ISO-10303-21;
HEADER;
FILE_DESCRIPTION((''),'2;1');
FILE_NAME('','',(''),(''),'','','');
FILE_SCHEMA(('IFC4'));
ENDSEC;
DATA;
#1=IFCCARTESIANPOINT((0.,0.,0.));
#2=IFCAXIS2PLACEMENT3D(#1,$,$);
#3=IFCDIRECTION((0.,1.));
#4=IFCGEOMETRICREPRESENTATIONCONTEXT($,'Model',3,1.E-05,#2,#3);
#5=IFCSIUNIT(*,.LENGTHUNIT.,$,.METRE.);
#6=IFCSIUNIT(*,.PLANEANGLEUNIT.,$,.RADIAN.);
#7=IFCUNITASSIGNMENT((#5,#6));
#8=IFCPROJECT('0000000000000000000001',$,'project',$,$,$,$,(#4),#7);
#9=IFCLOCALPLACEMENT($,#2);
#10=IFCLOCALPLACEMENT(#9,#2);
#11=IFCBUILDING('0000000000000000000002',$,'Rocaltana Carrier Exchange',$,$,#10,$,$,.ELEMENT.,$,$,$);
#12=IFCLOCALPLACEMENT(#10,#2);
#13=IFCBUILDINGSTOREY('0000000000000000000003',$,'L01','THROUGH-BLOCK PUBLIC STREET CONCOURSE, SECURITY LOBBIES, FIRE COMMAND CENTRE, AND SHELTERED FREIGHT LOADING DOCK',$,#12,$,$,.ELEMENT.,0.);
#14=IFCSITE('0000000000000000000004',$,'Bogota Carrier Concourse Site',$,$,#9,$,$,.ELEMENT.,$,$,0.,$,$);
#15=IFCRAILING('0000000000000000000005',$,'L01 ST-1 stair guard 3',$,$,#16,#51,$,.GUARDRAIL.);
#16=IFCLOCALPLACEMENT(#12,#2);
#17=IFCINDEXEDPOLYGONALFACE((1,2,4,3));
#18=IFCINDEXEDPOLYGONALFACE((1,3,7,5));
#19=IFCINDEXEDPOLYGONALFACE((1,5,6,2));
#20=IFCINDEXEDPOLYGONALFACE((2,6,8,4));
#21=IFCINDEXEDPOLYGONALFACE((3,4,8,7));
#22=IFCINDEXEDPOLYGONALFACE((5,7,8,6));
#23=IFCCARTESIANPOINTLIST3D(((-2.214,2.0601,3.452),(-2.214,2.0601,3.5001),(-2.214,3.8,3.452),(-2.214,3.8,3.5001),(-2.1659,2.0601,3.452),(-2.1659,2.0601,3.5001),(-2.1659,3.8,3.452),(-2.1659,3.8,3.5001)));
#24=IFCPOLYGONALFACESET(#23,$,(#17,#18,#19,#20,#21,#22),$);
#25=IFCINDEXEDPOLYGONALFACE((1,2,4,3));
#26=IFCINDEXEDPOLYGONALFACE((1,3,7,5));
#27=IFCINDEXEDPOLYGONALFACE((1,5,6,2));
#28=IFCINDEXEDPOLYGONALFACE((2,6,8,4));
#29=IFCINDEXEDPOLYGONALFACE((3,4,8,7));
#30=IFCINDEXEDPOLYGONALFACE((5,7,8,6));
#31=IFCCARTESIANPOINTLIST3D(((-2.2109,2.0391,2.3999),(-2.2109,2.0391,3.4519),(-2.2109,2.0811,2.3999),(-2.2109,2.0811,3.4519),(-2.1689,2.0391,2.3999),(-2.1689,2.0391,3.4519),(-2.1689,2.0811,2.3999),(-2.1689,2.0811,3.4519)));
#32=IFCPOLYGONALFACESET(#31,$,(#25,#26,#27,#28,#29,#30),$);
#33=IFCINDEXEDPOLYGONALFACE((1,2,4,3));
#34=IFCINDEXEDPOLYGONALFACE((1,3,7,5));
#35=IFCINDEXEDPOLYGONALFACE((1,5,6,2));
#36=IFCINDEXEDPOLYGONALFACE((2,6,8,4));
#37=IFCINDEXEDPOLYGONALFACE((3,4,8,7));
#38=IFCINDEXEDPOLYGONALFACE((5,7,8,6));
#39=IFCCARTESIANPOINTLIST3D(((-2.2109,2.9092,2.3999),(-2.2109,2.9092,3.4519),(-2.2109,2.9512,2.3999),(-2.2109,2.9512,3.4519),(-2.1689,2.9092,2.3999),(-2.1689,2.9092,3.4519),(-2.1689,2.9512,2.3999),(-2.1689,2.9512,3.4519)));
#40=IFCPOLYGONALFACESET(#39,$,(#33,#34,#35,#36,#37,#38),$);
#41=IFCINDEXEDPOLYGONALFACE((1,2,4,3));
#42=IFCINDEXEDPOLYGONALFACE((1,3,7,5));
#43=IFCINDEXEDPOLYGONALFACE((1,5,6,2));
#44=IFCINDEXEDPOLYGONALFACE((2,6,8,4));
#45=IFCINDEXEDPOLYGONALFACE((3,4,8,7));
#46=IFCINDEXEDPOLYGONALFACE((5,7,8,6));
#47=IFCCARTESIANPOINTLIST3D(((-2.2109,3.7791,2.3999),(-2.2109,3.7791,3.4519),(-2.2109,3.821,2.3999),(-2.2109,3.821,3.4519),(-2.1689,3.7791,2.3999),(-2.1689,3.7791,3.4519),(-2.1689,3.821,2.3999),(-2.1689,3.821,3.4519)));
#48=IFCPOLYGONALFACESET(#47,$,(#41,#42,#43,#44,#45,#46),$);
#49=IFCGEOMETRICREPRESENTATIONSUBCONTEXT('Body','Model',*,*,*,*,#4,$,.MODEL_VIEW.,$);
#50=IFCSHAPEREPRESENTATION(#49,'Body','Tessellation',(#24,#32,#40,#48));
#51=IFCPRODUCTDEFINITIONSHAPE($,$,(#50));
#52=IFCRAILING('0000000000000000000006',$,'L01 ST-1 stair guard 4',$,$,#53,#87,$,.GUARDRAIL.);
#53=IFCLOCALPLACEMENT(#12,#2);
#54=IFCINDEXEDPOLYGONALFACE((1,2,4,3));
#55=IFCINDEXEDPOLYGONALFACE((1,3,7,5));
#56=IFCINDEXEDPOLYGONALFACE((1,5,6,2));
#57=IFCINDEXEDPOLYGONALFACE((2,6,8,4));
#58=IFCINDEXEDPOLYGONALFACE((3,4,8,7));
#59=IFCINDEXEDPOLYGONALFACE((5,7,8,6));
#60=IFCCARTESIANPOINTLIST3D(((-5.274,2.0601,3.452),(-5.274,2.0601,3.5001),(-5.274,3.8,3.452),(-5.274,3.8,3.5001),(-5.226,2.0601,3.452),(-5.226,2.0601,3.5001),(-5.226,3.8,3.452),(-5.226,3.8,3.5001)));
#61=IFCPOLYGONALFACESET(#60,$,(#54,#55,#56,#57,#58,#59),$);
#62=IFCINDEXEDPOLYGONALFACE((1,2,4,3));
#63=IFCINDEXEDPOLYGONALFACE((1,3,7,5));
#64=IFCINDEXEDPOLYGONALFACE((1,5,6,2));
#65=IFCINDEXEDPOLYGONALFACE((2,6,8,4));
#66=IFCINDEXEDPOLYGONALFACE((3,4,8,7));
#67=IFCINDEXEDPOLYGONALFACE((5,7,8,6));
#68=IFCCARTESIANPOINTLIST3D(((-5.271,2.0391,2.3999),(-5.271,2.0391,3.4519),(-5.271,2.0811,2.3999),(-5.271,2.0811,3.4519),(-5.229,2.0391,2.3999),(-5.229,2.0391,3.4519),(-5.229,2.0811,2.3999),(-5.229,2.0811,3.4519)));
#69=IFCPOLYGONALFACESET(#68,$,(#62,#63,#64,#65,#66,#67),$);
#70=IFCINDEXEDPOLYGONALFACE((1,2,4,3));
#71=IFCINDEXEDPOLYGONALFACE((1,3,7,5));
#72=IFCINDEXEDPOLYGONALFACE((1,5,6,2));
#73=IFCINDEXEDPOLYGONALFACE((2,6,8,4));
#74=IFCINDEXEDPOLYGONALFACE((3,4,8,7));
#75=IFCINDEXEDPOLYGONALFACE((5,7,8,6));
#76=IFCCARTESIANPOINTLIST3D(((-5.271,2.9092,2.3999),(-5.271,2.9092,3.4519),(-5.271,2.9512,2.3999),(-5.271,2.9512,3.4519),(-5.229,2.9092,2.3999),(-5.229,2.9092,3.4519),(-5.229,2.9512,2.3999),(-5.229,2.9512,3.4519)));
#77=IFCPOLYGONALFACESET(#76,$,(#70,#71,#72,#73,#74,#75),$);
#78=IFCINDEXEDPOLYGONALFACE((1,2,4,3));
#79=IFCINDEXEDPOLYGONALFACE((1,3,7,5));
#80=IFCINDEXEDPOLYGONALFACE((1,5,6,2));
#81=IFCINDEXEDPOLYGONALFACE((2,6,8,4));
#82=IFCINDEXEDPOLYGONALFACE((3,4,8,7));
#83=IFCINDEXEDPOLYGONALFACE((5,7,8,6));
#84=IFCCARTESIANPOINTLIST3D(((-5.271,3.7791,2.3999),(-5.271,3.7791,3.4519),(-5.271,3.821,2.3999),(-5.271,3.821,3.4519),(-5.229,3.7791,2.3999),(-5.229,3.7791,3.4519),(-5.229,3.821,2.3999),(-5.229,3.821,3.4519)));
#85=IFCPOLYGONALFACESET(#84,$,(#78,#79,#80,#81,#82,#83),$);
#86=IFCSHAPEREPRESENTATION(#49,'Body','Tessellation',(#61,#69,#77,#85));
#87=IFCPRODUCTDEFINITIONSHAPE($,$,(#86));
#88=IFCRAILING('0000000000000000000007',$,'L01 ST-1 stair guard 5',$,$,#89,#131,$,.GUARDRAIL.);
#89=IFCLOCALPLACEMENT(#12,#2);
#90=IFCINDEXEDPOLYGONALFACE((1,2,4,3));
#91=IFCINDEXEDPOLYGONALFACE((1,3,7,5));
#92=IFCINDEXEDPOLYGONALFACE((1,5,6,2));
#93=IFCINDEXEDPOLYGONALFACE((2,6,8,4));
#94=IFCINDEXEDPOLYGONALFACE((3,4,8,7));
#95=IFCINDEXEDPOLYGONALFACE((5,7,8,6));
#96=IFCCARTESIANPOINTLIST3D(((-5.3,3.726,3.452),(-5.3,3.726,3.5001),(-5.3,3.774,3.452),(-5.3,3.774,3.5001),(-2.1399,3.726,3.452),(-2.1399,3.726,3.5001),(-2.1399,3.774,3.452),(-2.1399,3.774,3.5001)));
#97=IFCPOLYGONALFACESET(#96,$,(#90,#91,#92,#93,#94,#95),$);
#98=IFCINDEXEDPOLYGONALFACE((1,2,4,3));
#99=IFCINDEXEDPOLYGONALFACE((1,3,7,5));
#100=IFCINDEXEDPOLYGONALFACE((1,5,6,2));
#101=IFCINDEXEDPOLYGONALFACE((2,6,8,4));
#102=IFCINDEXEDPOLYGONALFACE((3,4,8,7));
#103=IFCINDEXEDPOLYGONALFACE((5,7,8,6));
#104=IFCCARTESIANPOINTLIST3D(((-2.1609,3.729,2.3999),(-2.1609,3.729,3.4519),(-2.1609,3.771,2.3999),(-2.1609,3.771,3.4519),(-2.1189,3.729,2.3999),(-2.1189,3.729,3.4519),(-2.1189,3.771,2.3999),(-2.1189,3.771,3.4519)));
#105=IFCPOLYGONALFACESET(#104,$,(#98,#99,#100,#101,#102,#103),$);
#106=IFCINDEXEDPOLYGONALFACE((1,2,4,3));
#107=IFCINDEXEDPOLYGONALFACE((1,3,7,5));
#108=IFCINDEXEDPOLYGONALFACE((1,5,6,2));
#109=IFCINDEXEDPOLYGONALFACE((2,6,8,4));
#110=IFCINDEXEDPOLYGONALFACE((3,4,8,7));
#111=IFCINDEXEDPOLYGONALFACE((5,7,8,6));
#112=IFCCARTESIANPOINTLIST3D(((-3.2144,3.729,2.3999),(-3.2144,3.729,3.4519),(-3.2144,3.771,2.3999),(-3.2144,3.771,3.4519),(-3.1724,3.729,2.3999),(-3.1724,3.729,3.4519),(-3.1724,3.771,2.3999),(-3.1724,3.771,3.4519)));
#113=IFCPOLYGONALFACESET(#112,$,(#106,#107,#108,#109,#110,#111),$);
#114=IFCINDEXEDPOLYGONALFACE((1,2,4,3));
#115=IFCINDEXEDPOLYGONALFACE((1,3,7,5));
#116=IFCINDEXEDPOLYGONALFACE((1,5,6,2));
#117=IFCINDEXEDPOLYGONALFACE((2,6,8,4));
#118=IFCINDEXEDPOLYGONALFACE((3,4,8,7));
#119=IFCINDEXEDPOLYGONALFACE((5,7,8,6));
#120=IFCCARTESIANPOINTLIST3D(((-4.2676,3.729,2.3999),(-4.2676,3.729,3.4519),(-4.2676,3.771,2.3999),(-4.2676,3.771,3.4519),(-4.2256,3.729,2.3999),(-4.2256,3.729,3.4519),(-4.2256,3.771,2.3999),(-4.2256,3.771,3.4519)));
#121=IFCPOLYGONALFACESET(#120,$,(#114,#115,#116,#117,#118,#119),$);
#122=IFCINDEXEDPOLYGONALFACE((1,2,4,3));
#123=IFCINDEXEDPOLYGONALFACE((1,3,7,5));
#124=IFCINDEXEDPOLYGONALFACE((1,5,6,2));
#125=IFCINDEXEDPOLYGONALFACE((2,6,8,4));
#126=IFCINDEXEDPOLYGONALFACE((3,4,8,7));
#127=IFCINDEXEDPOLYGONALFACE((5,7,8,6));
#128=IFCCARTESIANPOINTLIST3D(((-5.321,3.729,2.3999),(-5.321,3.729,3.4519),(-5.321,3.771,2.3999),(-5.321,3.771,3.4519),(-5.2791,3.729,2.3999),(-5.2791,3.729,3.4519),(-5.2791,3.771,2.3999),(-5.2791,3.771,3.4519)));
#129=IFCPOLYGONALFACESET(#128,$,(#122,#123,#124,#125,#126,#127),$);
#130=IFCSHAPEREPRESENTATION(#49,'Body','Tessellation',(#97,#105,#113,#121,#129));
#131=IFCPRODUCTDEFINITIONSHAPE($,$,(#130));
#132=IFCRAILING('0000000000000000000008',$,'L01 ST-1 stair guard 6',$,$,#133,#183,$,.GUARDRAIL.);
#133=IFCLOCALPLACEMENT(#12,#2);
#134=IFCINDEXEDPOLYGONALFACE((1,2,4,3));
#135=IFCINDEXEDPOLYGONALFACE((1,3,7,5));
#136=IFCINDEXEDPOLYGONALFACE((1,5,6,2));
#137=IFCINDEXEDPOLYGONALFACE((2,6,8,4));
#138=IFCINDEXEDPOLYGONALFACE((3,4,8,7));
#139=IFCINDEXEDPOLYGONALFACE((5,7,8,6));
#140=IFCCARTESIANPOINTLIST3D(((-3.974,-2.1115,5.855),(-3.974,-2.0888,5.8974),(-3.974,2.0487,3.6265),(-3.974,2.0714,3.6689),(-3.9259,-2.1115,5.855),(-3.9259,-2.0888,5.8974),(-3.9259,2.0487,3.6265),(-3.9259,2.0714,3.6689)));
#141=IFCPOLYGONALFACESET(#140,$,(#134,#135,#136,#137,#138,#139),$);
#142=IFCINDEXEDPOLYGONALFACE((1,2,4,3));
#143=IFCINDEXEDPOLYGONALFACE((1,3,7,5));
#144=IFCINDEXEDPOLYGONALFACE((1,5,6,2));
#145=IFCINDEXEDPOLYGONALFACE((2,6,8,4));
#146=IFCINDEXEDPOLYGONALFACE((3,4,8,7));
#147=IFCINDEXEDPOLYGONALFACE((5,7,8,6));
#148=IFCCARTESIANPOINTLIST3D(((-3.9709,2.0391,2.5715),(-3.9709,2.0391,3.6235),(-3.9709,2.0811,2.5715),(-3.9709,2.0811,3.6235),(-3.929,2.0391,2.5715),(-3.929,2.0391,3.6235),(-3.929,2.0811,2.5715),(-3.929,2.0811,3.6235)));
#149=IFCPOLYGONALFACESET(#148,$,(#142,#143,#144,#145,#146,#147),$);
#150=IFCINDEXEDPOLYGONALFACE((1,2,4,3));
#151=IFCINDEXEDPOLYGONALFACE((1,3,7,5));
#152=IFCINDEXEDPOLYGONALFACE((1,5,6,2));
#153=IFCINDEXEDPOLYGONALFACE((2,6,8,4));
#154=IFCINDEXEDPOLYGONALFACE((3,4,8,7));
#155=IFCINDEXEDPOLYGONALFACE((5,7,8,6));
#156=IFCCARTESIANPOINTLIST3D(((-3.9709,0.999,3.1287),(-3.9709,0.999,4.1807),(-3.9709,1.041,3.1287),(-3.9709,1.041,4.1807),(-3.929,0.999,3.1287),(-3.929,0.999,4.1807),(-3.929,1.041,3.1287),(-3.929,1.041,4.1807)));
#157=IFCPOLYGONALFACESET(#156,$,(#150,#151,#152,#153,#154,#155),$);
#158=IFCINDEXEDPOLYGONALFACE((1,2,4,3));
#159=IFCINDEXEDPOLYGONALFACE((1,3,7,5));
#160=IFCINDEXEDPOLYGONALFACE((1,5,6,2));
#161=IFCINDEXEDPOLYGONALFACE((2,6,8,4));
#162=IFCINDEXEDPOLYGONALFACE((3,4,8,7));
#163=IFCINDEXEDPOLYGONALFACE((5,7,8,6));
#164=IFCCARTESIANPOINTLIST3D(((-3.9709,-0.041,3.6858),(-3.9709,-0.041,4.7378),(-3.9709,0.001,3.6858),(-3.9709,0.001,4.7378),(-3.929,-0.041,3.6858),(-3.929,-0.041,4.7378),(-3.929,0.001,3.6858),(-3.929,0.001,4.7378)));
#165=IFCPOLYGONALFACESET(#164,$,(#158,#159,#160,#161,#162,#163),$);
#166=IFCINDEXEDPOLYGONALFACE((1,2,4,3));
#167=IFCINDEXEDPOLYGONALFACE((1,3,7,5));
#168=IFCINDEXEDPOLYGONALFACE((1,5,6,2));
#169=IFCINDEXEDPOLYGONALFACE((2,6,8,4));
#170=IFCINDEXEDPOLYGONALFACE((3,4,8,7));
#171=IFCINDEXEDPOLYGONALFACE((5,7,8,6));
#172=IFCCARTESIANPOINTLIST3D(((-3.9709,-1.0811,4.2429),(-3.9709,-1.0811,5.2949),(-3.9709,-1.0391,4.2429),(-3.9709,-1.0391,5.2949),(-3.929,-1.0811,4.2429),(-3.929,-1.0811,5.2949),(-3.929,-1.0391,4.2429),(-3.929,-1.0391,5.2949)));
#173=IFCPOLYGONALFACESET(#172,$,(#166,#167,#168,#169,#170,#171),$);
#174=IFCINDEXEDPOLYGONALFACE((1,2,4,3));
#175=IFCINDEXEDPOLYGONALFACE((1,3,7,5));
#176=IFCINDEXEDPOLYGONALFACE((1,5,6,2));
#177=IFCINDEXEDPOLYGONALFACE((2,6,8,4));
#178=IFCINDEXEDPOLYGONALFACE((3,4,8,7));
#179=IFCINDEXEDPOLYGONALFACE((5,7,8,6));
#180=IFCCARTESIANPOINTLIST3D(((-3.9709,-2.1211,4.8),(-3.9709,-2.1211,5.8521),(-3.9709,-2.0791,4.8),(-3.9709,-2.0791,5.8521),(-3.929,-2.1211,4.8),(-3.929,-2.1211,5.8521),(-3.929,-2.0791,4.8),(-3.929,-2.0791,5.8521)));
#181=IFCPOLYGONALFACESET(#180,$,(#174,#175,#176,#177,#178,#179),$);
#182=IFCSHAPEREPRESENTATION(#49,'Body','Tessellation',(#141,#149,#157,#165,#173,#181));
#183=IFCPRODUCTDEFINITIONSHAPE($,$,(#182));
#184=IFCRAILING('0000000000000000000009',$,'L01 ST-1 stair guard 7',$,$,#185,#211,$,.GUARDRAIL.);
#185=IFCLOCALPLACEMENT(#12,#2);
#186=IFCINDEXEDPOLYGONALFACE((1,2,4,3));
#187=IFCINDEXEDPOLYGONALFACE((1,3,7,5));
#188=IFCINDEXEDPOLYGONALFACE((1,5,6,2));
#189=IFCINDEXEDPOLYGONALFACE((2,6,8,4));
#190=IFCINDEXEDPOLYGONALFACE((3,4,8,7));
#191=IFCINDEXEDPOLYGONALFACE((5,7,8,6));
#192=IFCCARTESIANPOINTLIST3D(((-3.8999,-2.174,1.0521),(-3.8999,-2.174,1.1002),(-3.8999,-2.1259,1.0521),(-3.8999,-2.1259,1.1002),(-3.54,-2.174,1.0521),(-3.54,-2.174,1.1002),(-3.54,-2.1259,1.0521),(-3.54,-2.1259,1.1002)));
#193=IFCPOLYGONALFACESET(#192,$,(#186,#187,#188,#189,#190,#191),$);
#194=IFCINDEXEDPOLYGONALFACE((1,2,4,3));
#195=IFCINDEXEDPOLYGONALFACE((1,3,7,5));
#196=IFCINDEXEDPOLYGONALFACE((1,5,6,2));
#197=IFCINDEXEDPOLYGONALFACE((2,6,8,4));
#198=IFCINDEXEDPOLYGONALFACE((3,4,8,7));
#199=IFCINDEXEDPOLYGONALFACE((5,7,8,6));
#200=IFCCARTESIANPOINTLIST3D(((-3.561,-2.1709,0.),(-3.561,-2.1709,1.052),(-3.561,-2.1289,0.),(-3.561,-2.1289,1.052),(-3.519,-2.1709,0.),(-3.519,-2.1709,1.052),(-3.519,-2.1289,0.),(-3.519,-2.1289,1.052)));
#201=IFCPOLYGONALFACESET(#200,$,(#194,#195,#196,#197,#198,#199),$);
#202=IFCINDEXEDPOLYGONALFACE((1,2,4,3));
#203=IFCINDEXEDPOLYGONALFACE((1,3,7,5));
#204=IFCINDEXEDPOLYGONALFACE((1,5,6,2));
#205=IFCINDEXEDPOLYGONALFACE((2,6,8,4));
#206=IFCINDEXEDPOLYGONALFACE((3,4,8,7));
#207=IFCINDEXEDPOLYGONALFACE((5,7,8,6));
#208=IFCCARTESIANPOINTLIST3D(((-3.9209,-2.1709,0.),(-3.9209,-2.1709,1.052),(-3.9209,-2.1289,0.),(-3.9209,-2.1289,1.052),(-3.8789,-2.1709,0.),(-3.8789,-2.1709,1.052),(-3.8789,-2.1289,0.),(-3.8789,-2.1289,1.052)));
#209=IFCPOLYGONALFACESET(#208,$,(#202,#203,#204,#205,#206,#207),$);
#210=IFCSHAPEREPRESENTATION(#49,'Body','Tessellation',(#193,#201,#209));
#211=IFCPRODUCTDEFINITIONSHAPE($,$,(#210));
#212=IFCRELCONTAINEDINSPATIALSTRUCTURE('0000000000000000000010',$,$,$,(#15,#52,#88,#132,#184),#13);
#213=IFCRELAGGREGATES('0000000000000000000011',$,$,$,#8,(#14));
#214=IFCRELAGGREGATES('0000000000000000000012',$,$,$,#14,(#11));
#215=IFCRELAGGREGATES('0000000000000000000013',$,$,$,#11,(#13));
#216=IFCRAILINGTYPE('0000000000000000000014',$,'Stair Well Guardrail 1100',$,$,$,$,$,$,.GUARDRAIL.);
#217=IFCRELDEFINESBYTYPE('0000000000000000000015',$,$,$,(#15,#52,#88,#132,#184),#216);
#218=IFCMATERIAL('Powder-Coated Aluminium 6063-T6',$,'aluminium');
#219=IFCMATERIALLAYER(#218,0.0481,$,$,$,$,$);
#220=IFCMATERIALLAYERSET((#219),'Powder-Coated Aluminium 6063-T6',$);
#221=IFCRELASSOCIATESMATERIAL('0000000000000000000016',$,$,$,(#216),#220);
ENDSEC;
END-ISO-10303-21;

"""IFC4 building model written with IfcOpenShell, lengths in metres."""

from ifc_helpers import new_model, si_unit, direction, frame, origin, origin_2d, place, context, subcontext, project, spatial, rectangle, extrude, material, layer, layer_set, type_object, element, save


model = new_model("IFC4")

# Units and contexts
model_context = context("Model", 3, precision=1e-05, world=origin(), true_north=direction((0.0, 1.0)))
body_context = subcontext(model_context, "Body", "Model", "MODEL_VIEW")
ifc_project = project(units=[si_unit("LENGTHUNIT", "METRE"), si_unit("PLANEANGLEUNIT", "RADIAN")], contexts=[model_context])

# Site, building, storey
site_placement = place(None, origin())
site = spatial("IfcSite", under=ifc_project, at=site_placement, Name="Bogota Carrier Concourse Site", CompositionType="ELEMENT", RefElevation=0.0)
building_placement = place(site_placement, origin())
building = spatial("IfcBuilding", under=site, at=building_placement, Name="Rocaltana Carrier Exchange", CompositionType="ELEMENT")
storey_placement = place(building_placement, origin())
storey = spatial("IfcBuildingStorey", under=building, at=storey_placement, Name="L01", Description="THROUGH-BLOCK PUBLIC STREET CONCOURSE, SECURITY LOBBIES, FIRE COMMAND CENTRE, AND SHELTERED FREIGHT LOADING DOCK", CompositionType="ELEMENT", Elevation=0.0)

# Railings
ifc_material_1 = material(Name="Powder-Coated Aluminium 6063-T6", Category="aluminium")
ifc_layer_1 = layer(ifc_material_1, 0.0481)
ifc_layer_set_1 = layer_set([ifc_layer_1], Name="Powder-Coated Aluminium 6063-T6")
railing_type_1 = type_object("IfcRailingType", Name="Stair Well Guardrail 1100", PredefinedType="GUARDRAIL", material=ifc_layer_set_1)
for number, where, name in (
    (1, (-2.1899, 2.0601, 2.3999), "L01 ST-1 stair guard 3"),
    (2, (-5.25, 2.0601, 2.3999), "L01 ST-1 stair guard 4"),
):
    element("IfcRailing", number, at=place(storey_placement, frame(where)), inside=storey, type_object=railing_type_1, Name=name, PredefinedType="GUARDRAIL", context=body_context, shape_type="SweptSolid", body=[
        extrude(rectangle(XDim=0.0481, YDim=0.0481, at=origin_2d()), frame((0.0, 0.0, 1.0762), z_axis=(0.0, 1.0, 0.0), x_axis=(-1.0, 0.0, 0.0)), (0.0, 0.0, 1.0), 1.74),
        extrude(rectangle(XDim=0.042, YDim=0.042, at=origin_2d()), origin(), (0.0, 0.0, 1.0), 1.052),
        extrude(rectangle(XDim=0.042, YDim=0.042, at=origin_2d()), frame((0.0, 0.8701, 0.0)), (0.0, 0.0, 1.0), 1.052),
        extrude(rectangle(XDim=0.042, YDim=0.042, at=origin_2d()), frame((0.0, 1.74, 0.0)), (0.0, 0.0, 1.0), 1.052),
    ])
railing_1_placement = place(storey_placement, frame((-2.1399, 3.75, 2.3999)))
element("IfcRailing", 3, at=railing_1_placement, inside=storey, type_object=railing_type_1, Name="L01 ST-1 stair guard 5", PredefinedType="GUARDRAIL", context=body_context, shape_type="SweptSolid", body=[
    extrude(rectangle(XDim=0.0481, YDim=0.0481, at=origin_2d()), frame((0.0, 0.0, 1.0762), z_axis=(-1.0, 0.0, 0.0), x_axis=(0.0, -1.0, 0.0)), (0.0, 0.0, 1.0), 3.1602),
    extrude(rectangle(XDim=0.042, YDim=0.042, at=origin_2d()), origin(), (0.0, 0.0, 1.0), 1.052),
    extrude(rectangle(XDim=0.042, YDim=0.042, at=origin_2d()), frame((-1.0535, 0.0, 0.0)), (0.0, 0.0, 1.0), 1.052),
    extrude(rectangle(XDim=0.042, YDim=0.042, at=origin_2d()), frame((-2.1067, 0.0, 0.0)), (0.0, 0.0, 1.0), 1.052),
    extrude(rectangle(XDim=0.042, YDim=0.042, at=origin_2d()), frame((-3.1602, 0.0, 0.0)), (0.0, 0.0, 1.0), 1.052),
])
railing_2_placement = place(storey_placement, frame((-3.95, 2.0601, 2.5715)))
element("IfcRailing", 4, at=railing_2_placement, inside=storey, type_object=railing_type_1, Name="L01 ST-1 stair guard 6", PredefinedType="GUARDRAIL", context=body_context, shape_type="SweptSolid", body=[
    extrude(rectangle(XDim=0.0481, YDim=0.0481, at=origin_2d()), frame((0.0, 0.0, 1.0762), z_axis=(0.0, -0.881492, 0.472198), x_axis=(1.0, 0.0, 0.0)), (0.0, 0.0, 1.0), 4.7195),
    extrude(rectangle(XDim=0.042, YDim=0.042, at=origin_2d()), origin(), (0.0, 0.0, 1.0), 1.052),
    extrude(rectangle(XDim=0.042, YDim=0.042, at=origin_2d()), frame((0.0, -1.04, 0.5571)), (0.0, 0.0, 1.0), 1.052),
    extrude(rectangle(XDim=0.042, YDim=0.042, at=origin_2d()), frame((0.0, -2.0801, 1.1143)), (0.0, 0.0, 1.0), 1.052),
    extrude(rectangle(XDim=0.042, YDim=0.042, at=origin_2d()), frame((0.0, -3.1201, 1.6714)), (0.0, 0.0, 1.0), 1.052),
    extrude(rectangle(XDim=0.042, YDim=0.042, at=origin_2d()), frame((0.0, -4.1602, 2.2285)), (0.0, 0.0, 1.0), 1.052),
])
railing_3_placement = place(storey_placement, frame((-3.54, -2.1499, 0.0)))
element("IfcRailing", 5, at=railing_3_placement, inside=storey, type_object=railing_type_1, Name="L01 ST-1 stair guard 7", PredefinedType="GUARDRAIL", context=body_context, shape_type="SweptSolid", body=[
    extrude(rectangle(XDim=0.0481, YDim=0.0481, at=origin_2d()), frame((0.0, 0.0, 1.0762), z_axis=(-1.0, 0.0, 0.0), x_axis=(0.0, -1.0, 0.0)), (0.0, 0.0, 1.0), 0.3599),
    extrude(rectangle(XDim=0.042, YDim=0.042, at=origin_2d()), origin(), (0.0, 0.0, 1.0), 1.052),
    extrude(rectangle(XDim=0.042, YDim=0.042, at=origin_2d()), frame((-0.3599, 0.0, 0.0)), (0.0, 0.0, 1.0), 1.052),
])

save(model, "model.ifc")
